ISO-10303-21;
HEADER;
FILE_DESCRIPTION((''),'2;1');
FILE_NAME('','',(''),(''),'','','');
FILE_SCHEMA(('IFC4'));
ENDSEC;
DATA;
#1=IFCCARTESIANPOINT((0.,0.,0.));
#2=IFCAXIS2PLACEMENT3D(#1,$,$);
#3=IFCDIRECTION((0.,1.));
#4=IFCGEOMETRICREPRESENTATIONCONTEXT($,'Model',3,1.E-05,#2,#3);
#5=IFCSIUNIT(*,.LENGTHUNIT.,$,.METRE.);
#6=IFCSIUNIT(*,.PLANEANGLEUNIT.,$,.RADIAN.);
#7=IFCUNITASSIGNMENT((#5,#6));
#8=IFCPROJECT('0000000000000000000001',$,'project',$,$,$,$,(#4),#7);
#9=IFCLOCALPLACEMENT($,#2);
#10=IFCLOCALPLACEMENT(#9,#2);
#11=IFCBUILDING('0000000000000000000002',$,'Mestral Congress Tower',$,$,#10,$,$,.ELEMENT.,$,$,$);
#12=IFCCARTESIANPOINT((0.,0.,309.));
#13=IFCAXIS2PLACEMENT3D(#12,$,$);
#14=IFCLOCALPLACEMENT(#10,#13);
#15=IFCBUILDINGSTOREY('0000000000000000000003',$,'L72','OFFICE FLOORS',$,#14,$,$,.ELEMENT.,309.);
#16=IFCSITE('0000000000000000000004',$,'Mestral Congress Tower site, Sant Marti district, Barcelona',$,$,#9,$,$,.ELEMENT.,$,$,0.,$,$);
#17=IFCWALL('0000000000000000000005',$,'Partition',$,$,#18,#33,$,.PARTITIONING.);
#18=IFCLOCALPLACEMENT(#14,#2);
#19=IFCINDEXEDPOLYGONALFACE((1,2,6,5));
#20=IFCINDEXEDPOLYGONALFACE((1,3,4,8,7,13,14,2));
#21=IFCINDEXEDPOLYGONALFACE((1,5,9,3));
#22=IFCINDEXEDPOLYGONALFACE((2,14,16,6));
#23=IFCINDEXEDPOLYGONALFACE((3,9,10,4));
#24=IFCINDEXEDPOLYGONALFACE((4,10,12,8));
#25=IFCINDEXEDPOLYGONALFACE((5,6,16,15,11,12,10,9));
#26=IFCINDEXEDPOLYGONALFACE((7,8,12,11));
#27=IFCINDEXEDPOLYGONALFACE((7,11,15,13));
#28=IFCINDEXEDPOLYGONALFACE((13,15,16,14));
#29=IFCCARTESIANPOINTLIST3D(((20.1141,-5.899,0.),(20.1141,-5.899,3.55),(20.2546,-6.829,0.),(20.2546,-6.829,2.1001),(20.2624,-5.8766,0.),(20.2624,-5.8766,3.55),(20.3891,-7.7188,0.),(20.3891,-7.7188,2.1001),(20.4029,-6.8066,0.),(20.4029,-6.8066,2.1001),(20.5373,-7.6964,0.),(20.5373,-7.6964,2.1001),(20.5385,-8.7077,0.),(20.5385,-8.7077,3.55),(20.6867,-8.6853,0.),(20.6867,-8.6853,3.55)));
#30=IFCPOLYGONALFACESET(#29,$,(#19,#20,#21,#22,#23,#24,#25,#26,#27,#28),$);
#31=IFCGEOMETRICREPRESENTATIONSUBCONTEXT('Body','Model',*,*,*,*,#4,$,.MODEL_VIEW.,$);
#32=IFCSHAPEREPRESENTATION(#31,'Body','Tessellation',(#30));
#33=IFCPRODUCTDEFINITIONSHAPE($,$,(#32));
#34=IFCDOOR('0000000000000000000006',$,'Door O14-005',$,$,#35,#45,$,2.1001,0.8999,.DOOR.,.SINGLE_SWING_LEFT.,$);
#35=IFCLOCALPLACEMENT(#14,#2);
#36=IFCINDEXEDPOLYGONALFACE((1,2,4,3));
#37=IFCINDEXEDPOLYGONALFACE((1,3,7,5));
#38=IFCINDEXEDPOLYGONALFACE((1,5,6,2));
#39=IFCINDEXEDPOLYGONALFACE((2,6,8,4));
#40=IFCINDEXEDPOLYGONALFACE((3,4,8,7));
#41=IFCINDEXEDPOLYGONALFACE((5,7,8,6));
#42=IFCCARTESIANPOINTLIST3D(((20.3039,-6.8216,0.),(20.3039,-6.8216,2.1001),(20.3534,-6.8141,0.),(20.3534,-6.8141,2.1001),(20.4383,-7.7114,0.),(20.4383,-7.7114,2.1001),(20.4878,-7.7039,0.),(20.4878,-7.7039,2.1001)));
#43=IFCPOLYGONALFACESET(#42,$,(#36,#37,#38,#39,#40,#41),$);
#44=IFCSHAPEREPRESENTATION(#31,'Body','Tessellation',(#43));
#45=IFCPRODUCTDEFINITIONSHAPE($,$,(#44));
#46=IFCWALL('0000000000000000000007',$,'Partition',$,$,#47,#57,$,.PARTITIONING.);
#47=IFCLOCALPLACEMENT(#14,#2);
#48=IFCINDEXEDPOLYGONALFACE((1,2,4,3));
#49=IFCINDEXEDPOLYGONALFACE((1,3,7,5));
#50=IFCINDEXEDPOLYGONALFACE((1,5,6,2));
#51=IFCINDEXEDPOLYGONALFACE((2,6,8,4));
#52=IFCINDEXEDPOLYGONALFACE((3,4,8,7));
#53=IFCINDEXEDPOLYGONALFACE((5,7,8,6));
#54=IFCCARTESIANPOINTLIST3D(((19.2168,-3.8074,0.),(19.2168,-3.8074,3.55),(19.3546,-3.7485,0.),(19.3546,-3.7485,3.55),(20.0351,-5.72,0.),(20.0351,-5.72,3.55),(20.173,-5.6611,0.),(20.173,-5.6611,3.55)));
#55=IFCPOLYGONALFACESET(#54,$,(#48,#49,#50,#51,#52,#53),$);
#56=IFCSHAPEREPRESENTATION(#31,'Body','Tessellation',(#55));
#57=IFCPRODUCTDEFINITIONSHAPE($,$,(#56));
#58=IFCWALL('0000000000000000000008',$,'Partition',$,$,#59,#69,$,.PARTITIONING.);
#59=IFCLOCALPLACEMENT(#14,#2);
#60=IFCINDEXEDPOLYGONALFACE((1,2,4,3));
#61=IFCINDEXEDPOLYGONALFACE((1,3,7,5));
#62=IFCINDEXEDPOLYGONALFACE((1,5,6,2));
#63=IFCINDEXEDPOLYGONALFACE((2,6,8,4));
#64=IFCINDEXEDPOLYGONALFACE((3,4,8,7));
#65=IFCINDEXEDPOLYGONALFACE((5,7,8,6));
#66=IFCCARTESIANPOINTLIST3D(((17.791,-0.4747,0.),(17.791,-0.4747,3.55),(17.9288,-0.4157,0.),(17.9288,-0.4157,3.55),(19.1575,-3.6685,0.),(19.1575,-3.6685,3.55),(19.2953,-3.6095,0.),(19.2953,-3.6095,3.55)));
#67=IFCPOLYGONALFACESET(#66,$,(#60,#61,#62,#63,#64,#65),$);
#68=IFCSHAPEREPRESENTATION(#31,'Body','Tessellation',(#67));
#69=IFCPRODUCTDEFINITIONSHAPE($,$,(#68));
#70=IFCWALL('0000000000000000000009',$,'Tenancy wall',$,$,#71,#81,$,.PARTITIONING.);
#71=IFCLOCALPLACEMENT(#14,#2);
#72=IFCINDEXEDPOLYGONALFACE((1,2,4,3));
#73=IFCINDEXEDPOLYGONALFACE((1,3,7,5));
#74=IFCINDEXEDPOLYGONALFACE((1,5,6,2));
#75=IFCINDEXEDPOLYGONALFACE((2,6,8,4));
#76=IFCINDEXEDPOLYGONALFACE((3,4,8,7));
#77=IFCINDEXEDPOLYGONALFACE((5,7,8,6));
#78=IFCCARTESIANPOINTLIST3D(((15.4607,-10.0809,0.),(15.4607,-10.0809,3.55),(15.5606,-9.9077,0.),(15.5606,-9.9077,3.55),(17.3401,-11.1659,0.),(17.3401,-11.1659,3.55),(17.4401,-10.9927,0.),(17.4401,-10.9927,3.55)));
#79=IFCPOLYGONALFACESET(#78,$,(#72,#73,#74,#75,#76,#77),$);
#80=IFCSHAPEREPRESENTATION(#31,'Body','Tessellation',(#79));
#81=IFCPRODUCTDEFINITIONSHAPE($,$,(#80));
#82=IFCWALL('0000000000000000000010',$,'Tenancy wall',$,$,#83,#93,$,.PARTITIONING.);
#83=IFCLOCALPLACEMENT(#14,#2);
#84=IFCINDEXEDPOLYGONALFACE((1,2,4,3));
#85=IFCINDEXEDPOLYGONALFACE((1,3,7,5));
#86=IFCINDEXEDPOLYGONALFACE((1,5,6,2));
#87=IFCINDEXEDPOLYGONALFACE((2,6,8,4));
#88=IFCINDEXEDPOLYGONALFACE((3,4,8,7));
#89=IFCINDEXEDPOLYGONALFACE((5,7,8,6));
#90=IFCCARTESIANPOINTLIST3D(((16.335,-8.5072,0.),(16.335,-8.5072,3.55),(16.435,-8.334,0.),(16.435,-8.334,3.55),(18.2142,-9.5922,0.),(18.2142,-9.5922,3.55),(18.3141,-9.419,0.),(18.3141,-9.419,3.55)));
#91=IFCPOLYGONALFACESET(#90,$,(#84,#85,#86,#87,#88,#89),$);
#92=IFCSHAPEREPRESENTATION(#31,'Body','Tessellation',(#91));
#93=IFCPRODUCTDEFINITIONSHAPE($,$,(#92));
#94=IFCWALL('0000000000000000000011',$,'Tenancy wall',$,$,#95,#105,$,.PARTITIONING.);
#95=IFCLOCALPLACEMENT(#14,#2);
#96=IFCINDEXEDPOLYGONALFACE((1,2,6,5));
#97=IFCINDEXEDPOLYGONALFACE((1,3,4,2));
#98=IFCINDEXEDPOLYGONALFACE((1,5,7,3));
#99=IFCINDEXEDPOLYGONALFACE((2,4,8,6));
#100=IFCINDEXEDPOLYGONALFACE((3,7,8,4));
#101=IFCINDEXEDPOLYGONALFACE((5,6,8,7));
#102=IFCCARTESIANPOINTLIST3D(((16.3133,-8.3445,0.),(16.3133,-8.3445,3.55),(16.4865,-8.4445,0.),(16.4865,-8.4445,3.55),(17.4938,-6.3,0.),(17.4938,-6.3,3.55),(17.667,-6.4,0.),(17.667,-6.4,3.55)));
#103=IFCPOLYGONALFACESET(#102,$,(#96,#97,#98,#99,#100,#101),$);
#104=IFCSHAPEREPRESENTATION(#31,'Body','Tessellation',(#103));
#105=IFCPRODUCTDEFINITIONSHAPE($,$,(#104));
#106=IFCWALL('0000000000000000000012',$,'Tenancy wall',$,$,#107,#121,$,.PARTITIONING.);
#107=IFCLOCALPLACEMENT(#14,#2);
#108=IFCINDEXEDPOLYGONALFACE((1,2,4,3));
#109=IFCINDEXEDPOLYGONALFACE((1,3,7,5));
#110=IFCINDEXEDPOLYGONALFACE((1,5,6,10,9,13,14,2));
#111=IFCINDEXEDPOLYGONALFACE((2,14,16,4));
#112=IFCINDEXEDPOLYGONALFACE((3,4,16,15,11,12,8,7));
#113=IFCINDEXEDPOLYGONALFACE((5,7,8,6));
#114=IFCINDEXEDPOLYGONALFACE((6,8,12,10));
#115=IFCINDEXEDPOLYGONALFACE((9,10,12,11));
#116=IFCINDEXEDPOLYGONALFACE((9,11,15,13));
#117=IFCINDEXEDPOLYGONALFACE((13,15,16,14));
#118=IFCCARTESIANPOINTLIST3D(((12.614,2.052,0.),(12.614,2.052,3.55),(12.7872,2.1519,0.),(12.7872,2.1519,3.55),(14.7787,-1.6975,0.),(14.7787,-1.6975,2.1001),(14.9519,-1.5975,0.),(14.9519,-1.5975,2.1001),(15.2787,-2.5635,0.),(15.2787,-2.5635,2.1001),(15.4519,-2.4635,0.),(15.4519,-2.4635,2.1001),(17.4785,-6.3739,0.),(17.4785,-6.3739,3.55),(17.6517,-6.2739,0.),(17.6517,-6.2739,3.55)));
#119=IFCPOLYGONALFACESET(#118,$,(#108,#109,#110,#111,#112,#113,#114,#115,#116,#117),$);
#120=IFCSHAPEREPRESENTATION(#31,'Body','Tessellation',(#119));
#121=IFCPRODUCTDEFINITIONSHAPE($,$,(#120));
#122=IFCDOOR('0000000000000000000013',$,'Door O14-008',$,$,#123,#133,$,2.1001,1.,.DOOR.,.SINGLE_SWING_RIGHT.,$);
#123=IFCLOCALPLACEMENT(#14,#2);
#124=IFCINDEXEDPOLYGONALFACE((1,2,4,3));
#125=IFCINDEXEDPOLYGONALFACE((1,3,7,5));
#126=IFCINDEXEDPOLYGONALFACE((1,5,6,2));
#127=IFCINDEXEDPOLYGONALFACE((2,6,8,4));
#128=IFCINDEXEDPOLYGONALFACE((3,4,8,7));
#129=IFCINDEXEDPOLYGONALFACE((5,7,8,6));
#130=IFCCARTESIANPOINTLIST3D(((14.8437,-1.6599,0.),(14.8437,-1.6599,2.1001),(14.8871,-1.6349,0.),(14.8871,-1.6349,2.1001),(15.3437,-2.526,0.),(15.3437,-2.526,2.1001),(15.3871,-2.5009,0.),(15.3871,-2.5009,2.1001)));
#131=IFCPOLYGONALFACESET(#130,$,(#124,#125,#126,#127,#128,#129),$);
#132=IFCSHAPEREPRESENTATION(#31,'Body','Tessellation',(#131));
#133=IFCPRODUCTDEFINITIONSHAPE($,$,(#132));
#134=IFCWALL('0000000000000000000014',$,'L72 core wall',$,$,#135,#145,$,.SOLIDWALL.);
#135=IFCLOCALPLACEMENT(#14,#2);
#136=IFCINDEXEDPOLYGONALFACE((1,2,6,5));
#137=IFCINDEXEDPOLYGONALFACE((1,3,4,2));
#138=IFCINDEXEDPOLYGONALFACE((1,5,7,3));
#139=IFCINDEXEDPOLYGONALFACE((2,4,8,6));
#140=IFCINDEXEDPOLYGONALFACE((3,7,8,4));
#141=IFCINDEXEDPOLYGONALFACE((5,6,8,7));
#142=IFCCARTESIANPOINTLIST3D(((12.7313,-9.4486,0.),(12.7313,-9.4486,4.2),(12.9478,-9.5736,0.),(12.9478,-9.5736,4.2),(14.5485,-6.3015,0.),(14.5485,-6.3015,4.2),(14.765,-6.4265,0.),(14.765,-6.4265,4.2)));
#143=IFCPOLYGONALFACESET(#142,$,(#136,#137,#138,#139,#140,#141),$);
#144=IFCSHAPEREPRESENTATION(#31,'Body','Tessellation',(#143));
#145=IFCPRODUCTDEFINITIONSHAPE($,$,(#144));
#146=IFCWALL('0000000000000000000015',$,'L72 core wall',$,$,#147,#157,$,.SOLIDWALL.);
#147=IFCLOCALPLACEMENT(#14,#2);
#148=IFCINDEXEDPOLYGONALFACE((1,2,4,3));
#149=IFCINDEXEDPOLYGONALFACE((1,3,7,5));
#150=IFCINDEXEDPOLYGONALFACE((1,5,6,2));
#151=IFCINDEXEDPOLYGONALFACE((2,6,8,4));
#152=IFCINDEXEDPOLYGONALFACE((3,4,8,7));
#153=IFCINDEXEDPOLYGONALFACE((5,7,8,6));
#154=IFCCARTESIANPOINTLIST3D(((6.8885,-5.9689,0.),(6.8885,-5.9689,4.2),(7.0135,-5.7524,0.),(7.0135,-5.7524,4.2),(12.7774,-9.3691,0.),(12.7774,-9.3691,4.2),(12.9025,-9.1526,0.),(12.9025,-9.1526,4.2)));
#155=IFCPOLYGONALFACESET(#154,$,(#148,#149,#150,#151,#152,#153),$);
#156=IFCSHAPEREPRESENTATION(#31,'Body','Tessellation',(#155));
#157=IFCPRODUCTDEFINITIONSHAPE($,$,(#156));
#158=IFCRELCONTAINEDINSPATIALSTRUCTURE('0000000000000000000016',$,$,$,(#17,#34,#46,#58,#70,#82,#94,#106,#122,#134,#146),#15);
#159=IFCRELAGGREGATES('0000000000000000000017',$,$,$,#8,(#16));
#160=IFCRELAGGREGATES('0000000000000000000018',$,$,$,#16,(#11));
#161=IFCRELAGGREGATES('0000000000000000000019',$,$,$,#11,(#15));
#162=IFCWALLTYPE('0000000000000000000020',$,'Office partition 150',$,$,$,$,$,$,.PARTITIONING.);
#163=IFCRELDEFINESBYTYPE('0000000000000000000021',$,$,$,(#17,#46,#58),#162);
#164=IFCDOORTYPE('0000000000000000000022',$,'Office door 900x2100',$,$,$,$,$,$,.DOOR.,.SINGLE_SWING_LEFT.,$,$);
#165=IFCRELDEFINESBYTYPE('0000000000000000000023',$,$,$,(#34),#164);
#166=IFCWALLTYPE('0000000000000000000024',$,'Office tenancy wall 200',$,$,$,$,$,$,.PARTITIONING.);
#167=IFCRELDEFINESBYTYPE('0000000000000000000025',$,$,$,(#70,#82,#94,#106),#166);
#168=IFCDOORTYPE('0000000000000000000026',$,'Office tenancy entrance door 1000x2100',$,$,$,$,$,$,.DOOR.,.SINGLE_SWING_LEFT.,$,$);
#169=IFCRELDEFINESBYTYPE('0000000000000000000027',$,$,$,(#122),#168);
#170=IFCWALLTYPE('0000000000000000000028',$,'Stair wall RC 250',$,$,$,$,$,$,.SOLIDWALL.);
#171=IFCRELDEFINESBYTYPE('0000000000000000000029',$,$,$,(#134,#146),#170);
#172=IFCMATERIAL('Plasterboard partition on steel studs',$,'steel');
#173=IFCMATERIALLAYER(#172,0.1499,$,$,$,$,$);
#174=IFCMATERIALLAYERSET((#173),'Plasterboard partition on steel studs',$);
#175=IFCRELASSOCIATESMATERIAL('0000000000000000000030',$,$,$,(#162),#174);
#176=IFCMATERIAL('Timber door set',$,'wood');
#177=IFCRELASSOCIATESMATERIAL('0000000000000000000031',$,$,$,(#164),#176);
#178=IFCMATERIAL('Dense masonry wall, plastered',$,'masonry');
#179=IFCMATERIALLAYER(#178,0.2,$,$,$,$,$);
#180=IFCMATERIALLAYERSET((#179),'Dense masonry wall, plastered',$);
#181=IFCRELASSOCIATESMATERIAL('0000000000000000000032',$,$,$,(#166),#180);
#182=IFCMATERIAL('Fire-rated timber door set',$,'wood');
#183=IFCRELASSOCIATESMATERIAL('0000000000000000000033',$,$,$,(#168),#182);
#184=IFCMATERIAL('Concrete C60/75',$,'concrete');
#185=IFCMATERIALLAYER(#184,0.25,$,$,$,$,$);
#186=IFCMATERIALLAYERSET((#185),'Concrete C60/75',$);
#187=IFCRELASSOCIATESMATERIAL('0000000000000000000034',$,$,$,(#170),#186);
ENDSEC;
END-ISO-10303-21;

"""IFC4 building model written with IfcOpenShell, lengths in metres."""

from ifc_helpers import new_model, si_unit, direction, frame, frame_2d, origin, place, context, subcontext, project, spatial, rectangle, extrude, material, layer, layer_set, type_object, element, fill, save


model = new_model("IFC4")

# Units and contexts
model_context = context("Model", 3, precision=1e-05, world=origin(), true_north=direction((0.0, 1.0)))
body_context = subcontext(model_context, "Body", "Model", "MODEL_VIEW")
ifc_project = project(units=[si_unit("LENGTHUNIT", "METRE"), si_unit("PLANEANGLEUNIT", "RADIAN")], contexts=[model_context])

# Site, building, storey
site_placement = place(None, origin())
site = spatial("IfcSite", under=ifc_project, at=site_placement, Name="Mestral Congress Tower site, Sant Marti district, Barcelona", CompositionType="ELEMENT", RefElevation=0.0)
building_placement = place(site_placement, origin())
building = spatial("IfcBuilding", under=site, at=building_placement, Name="Mestral Congress Tower", CompositionType="ELEMENT")
storey_placement = place(building_placement, frame((0.0, 0.0, 309.0)))
storey = spatial("IfcBuildingStorey", under=building, at=storey_placement, Name="L72", Description="OFFICE FLOORS", CompositionType="ELEMENT", Elevation=309.0)

# Shared definitions
ifc_material_1 = material(Name="Concrete C60/75", Category="concrete")

# Shared definitions
ifc_material_2 = material(Name="Plasterboard partition on steel studs", Category="steel")
ifc_layer_1 = layer(ifc_material_2, 0.1499)
ifc_layer_set_1 = layer_set([ifc_layer_1], Name="Plasterboard partition on steel studs")
wall_type_1 = type_object("IfcWallType", Name="Office partition 150", PredefinedType="PARTITIONING", material=ifc_layer_set_1)

# Wall, opening, door
wall_1_placement = place(storey_placement, frame((20.1882, -5.8877, 0.0), z_axis=(0.0, 0.0, 1.0), x_axis=(0.149383, -0.988779, 0.0)))
wall_1 = element("IfcWall", 1, at=wall_1_placement, inside=storey, type_object=wall_type_1, Name="Partition", PredefinedType="PARTITIONING", context=body_context, shape_type="SweptSolid", body=[
    extrude(rectangle(XDim=2.8406, YDim=0.1499, at=frame_2d((1.4204, 0.0))), origin(), (0.0, 0.0, 1.0), 3.55),
])
opening_1_placement = place(wall_1_placement, frame((0.9407, 0.0, 0.0)))
opening_1 = element("IfcOpeningElement", 2, at=opening_1_placement, cuts=wall_1, PredefinedType="OPENING", context=body_context, shape_type="SweptSolid", body=[
    extrude(rectangle(XDim=0.8999, YDim=2.1001, at=frame_2d((0.45, 1.05))), frame((0.0, 0.085, 0.0), z_axis=(0.0, -1.0, 0.0), x_axis=(1.0, 0.0, 0.0)), (0.0, 0.0, 1.0), 0.1699),
])
ifc_material_3 = material(Name="Timber door set", Category="wood")
door_type_1 = type_object("IfcDoorType", Name="Office door 900x2100", OperationType="SINGLE_SWING_LEFT", PredefinedType="DOOR", material=ifc_material_3)
door_1_placement = place(opening_1_placement, origin())
door_1 = element("IfcDoor", 3, at=door_1_placement, inside=storey, type_object=door_type_1, Name="Door O14-005", OperationType="SINGLE_SWING_LEFT", OverallHeight=2.1001, OverallWidth=0.8999, PredefinedType="DOOR", context=body_context, shape_type="SweptSolid", body=[
    extrude(rectangle(XDim=0.8999, YDim=2.1001, at=frame_2d((0.45, 1.05))), frame((0.0, 0.0249, 0.0), z_axis=(0.0, -1.0, 0.0), x_axis=(1.0, 0.0, 0.0)), (0.0, 0.0, 1.0), 0.05),
])
fill(opening_1, door_1)

# Walls
wall_2_placement = place(storey_placement, frame((20.104, -5.6904, 0.0), z_axis=(0.0, 0.0, 1.0), x_axis=(-0.393381, 0.919376, 0.0)))
element("IfcWall", 4, at=wall_2_placement, inside=storey, type_object=wall_type_1, Name="Partition", PredefinedType="PARTITIONING", context=body_context, shape_type="SweptSolid", body=[
    extrude(rectangle(XDim=2.0803, YDim=0.1499, at=frame_2d((1.04, 0.0))), origin(), (0.0, 0.0, 1.0), 3.55),
])
wall_3_placement = place(storey_placement, frame((19.2263, -3.6389, 0.0), z_axis=(0.0, 0.0, 1.0), x_axis=(-0.393351, 0.919388, 0.0)))
element("IfcWall", 5, at=wall_3_placement, inside=storey, type_object=wall_type_1, Name="Partition", PredefinedType="PARTITIONING", context=body_context, shape_type="SweptSolid", body=[
    extrude(rectangle(XDim=3.4739, YDim=0.1499, at=frame_2d((1.7368, 0.0))), origin(), (0.0, 0.0, 1.0), 3.55),
])
ifc_material_4 = material(Name="Dense masonry wall, plastered", Category="masonry")
ifc_layer_2 = layer(ifc_material_4, 0.2)
ifc_layer_set_2 = layer_set([ifc_layer_2], Name="Dense masonry wall, plastered")
wall_type_2 = type_object("IfcWallType", Name="Office tenancy wall 200", PredefinedType="PARTITIONING", material=ifc_layer_set_2)
wall_4_placement = place(storey_placement, frame((15.5107, -9.9944, 0.0), z_axis=(0.0, 0.0, 1.0), x_axis=(0.866047, -0.499963, 0.0)))
element("IfcWall", 6, at=wall_4_placement, inside=storey, type_object=wall_type_2, Name="Tenancy wall", PredefinedType="PARTITIONING", context=body_context, shape_type="SweptSolid", body=[
    extrude(rectangle(XDim=2.1702, YDim=0.2, at=frame_2d((1.085, 0.0))), origin(), (0.0, 0.0, 1.0), 3.55),
])
wall_5_placement = place(storey_placement, frame((18.2642, -9.5056, 0.0), z_axis=(0.0, 0.0, 1.0), x_axis=(-0.866019, 0.500011, 0.0)))
element("IfcWall", 7, at=wall_5_placement, inside=storey, type_object=wall_type_2, Name="Tenancy wall", PredefinedType="PARTITIONING", context=body_context, shape_type="SweptSolid", body=[
    extrude(rectangle(XDim=2.1699, YDim=0.2, at=frame_2d((1.085, 0.0))), origin(), (0.0, 0.0, 1.0), 3.55),
])
wall_6_placement = place(storey_placement, frame((16.3999, -8.3945, 0.0), z_axis=(0.0, 0.0, 1.0), x_axis=(0.500021, 0.866013, 0.0)))
element("IfcWall", 8, at=wall_6_placement, inside=storey, type_object=wall_type_2, Name="Tenancy wall", PredefinedType="PARTITIONING", context=body_context, shape_type="SweptSolid", body=[
    extrude(rectangle(XDim=2.3608, YDim=0.2, at=frame_2d((1.1804, 0.0))), origin(), (0.0, 0.0, 1.0), 3.55),
])

# Wall, opening, door
wall_7_placement = place(storey_placement, frame((17.5652, -6.324, 0.0), z_axis=(0.0, 0.0, 1.0), x_axis=(-0.49999, 0.866031, 0.0)))
wall_7 = element("IfcWall", 9, at=wall_7_placement, inside=storey, type_object=wall_type_2, Name="Tenancy wall", PredefinedType="PARTITIONING", context=body_context, shape_type="SweptSolid", body=[
    extrude(rectangle(XDim=9.7292, YDim=0.2, at=frame_2d((4.8647, 0.0))), origin(), (0.0, 0.0, 1.0), 3.55),
])
opening_2_placement = place(wall_7_placement, frame((4.3999, 0.0, 0.0)))
opening_2 = element("IfcOpeningElement", 10, at=opening_2_placement, cuts=wall_7, PredefinedType="OPENING", context=body_context, shape_type="SweptSolid", body=[
    extrude(rectangle(XDim=1.0, YDim=2.1001, at=frame_2d((0.5, 1.05))), frame((0.0, 0.1099, 0.0), z_axis=(0.0, -1.0, 0.0), x_axis=(1.0, 0.0, 0.0)), (0.0, 0.0, 1.0), 0.22),
])
ifc_material_5 = material(Name="Fire-rated timber door set", Category="wood")
door_type_2 = type_object("IfcDoorType", Name="Office tenancy entrance door 1000x2100", OperationType="SINGLE_SWING_LEFT", PredefinedType="DOOR", material=ifc_material_5)
door_2_placement = place(opening_2_placement, origin())
door_2 = element("IfcDoor", 11, at=door_2_placement, inside=storey, type_object=door_type_2, Name="Door O14-008", OperationType="SINGLE_SWING_RIGHT", OverallHeight=2.1001, OverallWidth=1.0, PredefinedType="DOOR", context=body_context, shape_type="SweptSolid", body=[
    extrude(rectangle(XDim=1.0, YDim=2.1001, at=frame_2d((0.5, 1.05))), frame((0.0, 0.0249, 0.0), z_axis=(0.0, -1.0, 0.0), x_axis=(1.0, 0.0, 0.0)), (0.0, 0.0, 1.0), 0.05),
])
fill(opening_2, door_2)

# Walls
ifc_layer_3 = layer(ifc_material_1, 0.25)
ifc_layer_set_3 = layer_set([ifc_layer_3], Name="Concrete C60/75")
wall_type_3 = type_object("IfcWallType", Name="Stair wall RC 250", PredefinedType="SOLIDWALL", material=ifc_layer_set_3)
wall_8_placement = place(storey_placement, frame((12.8396, -9.511, 0.0), z_axis=(0.0, 0.0, 1.0), x_axis=(0.500048, 0.865998, 0.0)))
element("IfcWall", 12, at=wall_8_placement, inside=storey, type_object=wall_type_3, Name="L72 core wall", PredefinedType="SOLIDWALL", context=body_context, shape_type="SweptSolid", body=[
    extrude(rectangle(XDim=3.634, YDim=0.25, at=frame_2d((1.8169, 0.0))), origin(), (0.0, 0.0, 1.0), 4.2),
])
wall_9_placement = place(storey_placement, frame((12.8398, -9.2607, 0.0), z_axis=(0.0, 0.0, 1.0), x_axis=(-0.866014, 0.50002, 0.0)))
element("IfcWall", 13, at=wall_9_placement, inside=storey, type_object=wall_type_3, Name="L72 core wall", PredefinedType="SOLIDWALL", context=body_context, shape_type="SweptSolid", body=[
    extrude(rectangle(XDim=6.8, YDim=0.25, at=frame_2d((3.3999, 0.0))), origin(), (0.0, 0.0, 1.0), 4.2),
])

save(model, "model.ifc")
